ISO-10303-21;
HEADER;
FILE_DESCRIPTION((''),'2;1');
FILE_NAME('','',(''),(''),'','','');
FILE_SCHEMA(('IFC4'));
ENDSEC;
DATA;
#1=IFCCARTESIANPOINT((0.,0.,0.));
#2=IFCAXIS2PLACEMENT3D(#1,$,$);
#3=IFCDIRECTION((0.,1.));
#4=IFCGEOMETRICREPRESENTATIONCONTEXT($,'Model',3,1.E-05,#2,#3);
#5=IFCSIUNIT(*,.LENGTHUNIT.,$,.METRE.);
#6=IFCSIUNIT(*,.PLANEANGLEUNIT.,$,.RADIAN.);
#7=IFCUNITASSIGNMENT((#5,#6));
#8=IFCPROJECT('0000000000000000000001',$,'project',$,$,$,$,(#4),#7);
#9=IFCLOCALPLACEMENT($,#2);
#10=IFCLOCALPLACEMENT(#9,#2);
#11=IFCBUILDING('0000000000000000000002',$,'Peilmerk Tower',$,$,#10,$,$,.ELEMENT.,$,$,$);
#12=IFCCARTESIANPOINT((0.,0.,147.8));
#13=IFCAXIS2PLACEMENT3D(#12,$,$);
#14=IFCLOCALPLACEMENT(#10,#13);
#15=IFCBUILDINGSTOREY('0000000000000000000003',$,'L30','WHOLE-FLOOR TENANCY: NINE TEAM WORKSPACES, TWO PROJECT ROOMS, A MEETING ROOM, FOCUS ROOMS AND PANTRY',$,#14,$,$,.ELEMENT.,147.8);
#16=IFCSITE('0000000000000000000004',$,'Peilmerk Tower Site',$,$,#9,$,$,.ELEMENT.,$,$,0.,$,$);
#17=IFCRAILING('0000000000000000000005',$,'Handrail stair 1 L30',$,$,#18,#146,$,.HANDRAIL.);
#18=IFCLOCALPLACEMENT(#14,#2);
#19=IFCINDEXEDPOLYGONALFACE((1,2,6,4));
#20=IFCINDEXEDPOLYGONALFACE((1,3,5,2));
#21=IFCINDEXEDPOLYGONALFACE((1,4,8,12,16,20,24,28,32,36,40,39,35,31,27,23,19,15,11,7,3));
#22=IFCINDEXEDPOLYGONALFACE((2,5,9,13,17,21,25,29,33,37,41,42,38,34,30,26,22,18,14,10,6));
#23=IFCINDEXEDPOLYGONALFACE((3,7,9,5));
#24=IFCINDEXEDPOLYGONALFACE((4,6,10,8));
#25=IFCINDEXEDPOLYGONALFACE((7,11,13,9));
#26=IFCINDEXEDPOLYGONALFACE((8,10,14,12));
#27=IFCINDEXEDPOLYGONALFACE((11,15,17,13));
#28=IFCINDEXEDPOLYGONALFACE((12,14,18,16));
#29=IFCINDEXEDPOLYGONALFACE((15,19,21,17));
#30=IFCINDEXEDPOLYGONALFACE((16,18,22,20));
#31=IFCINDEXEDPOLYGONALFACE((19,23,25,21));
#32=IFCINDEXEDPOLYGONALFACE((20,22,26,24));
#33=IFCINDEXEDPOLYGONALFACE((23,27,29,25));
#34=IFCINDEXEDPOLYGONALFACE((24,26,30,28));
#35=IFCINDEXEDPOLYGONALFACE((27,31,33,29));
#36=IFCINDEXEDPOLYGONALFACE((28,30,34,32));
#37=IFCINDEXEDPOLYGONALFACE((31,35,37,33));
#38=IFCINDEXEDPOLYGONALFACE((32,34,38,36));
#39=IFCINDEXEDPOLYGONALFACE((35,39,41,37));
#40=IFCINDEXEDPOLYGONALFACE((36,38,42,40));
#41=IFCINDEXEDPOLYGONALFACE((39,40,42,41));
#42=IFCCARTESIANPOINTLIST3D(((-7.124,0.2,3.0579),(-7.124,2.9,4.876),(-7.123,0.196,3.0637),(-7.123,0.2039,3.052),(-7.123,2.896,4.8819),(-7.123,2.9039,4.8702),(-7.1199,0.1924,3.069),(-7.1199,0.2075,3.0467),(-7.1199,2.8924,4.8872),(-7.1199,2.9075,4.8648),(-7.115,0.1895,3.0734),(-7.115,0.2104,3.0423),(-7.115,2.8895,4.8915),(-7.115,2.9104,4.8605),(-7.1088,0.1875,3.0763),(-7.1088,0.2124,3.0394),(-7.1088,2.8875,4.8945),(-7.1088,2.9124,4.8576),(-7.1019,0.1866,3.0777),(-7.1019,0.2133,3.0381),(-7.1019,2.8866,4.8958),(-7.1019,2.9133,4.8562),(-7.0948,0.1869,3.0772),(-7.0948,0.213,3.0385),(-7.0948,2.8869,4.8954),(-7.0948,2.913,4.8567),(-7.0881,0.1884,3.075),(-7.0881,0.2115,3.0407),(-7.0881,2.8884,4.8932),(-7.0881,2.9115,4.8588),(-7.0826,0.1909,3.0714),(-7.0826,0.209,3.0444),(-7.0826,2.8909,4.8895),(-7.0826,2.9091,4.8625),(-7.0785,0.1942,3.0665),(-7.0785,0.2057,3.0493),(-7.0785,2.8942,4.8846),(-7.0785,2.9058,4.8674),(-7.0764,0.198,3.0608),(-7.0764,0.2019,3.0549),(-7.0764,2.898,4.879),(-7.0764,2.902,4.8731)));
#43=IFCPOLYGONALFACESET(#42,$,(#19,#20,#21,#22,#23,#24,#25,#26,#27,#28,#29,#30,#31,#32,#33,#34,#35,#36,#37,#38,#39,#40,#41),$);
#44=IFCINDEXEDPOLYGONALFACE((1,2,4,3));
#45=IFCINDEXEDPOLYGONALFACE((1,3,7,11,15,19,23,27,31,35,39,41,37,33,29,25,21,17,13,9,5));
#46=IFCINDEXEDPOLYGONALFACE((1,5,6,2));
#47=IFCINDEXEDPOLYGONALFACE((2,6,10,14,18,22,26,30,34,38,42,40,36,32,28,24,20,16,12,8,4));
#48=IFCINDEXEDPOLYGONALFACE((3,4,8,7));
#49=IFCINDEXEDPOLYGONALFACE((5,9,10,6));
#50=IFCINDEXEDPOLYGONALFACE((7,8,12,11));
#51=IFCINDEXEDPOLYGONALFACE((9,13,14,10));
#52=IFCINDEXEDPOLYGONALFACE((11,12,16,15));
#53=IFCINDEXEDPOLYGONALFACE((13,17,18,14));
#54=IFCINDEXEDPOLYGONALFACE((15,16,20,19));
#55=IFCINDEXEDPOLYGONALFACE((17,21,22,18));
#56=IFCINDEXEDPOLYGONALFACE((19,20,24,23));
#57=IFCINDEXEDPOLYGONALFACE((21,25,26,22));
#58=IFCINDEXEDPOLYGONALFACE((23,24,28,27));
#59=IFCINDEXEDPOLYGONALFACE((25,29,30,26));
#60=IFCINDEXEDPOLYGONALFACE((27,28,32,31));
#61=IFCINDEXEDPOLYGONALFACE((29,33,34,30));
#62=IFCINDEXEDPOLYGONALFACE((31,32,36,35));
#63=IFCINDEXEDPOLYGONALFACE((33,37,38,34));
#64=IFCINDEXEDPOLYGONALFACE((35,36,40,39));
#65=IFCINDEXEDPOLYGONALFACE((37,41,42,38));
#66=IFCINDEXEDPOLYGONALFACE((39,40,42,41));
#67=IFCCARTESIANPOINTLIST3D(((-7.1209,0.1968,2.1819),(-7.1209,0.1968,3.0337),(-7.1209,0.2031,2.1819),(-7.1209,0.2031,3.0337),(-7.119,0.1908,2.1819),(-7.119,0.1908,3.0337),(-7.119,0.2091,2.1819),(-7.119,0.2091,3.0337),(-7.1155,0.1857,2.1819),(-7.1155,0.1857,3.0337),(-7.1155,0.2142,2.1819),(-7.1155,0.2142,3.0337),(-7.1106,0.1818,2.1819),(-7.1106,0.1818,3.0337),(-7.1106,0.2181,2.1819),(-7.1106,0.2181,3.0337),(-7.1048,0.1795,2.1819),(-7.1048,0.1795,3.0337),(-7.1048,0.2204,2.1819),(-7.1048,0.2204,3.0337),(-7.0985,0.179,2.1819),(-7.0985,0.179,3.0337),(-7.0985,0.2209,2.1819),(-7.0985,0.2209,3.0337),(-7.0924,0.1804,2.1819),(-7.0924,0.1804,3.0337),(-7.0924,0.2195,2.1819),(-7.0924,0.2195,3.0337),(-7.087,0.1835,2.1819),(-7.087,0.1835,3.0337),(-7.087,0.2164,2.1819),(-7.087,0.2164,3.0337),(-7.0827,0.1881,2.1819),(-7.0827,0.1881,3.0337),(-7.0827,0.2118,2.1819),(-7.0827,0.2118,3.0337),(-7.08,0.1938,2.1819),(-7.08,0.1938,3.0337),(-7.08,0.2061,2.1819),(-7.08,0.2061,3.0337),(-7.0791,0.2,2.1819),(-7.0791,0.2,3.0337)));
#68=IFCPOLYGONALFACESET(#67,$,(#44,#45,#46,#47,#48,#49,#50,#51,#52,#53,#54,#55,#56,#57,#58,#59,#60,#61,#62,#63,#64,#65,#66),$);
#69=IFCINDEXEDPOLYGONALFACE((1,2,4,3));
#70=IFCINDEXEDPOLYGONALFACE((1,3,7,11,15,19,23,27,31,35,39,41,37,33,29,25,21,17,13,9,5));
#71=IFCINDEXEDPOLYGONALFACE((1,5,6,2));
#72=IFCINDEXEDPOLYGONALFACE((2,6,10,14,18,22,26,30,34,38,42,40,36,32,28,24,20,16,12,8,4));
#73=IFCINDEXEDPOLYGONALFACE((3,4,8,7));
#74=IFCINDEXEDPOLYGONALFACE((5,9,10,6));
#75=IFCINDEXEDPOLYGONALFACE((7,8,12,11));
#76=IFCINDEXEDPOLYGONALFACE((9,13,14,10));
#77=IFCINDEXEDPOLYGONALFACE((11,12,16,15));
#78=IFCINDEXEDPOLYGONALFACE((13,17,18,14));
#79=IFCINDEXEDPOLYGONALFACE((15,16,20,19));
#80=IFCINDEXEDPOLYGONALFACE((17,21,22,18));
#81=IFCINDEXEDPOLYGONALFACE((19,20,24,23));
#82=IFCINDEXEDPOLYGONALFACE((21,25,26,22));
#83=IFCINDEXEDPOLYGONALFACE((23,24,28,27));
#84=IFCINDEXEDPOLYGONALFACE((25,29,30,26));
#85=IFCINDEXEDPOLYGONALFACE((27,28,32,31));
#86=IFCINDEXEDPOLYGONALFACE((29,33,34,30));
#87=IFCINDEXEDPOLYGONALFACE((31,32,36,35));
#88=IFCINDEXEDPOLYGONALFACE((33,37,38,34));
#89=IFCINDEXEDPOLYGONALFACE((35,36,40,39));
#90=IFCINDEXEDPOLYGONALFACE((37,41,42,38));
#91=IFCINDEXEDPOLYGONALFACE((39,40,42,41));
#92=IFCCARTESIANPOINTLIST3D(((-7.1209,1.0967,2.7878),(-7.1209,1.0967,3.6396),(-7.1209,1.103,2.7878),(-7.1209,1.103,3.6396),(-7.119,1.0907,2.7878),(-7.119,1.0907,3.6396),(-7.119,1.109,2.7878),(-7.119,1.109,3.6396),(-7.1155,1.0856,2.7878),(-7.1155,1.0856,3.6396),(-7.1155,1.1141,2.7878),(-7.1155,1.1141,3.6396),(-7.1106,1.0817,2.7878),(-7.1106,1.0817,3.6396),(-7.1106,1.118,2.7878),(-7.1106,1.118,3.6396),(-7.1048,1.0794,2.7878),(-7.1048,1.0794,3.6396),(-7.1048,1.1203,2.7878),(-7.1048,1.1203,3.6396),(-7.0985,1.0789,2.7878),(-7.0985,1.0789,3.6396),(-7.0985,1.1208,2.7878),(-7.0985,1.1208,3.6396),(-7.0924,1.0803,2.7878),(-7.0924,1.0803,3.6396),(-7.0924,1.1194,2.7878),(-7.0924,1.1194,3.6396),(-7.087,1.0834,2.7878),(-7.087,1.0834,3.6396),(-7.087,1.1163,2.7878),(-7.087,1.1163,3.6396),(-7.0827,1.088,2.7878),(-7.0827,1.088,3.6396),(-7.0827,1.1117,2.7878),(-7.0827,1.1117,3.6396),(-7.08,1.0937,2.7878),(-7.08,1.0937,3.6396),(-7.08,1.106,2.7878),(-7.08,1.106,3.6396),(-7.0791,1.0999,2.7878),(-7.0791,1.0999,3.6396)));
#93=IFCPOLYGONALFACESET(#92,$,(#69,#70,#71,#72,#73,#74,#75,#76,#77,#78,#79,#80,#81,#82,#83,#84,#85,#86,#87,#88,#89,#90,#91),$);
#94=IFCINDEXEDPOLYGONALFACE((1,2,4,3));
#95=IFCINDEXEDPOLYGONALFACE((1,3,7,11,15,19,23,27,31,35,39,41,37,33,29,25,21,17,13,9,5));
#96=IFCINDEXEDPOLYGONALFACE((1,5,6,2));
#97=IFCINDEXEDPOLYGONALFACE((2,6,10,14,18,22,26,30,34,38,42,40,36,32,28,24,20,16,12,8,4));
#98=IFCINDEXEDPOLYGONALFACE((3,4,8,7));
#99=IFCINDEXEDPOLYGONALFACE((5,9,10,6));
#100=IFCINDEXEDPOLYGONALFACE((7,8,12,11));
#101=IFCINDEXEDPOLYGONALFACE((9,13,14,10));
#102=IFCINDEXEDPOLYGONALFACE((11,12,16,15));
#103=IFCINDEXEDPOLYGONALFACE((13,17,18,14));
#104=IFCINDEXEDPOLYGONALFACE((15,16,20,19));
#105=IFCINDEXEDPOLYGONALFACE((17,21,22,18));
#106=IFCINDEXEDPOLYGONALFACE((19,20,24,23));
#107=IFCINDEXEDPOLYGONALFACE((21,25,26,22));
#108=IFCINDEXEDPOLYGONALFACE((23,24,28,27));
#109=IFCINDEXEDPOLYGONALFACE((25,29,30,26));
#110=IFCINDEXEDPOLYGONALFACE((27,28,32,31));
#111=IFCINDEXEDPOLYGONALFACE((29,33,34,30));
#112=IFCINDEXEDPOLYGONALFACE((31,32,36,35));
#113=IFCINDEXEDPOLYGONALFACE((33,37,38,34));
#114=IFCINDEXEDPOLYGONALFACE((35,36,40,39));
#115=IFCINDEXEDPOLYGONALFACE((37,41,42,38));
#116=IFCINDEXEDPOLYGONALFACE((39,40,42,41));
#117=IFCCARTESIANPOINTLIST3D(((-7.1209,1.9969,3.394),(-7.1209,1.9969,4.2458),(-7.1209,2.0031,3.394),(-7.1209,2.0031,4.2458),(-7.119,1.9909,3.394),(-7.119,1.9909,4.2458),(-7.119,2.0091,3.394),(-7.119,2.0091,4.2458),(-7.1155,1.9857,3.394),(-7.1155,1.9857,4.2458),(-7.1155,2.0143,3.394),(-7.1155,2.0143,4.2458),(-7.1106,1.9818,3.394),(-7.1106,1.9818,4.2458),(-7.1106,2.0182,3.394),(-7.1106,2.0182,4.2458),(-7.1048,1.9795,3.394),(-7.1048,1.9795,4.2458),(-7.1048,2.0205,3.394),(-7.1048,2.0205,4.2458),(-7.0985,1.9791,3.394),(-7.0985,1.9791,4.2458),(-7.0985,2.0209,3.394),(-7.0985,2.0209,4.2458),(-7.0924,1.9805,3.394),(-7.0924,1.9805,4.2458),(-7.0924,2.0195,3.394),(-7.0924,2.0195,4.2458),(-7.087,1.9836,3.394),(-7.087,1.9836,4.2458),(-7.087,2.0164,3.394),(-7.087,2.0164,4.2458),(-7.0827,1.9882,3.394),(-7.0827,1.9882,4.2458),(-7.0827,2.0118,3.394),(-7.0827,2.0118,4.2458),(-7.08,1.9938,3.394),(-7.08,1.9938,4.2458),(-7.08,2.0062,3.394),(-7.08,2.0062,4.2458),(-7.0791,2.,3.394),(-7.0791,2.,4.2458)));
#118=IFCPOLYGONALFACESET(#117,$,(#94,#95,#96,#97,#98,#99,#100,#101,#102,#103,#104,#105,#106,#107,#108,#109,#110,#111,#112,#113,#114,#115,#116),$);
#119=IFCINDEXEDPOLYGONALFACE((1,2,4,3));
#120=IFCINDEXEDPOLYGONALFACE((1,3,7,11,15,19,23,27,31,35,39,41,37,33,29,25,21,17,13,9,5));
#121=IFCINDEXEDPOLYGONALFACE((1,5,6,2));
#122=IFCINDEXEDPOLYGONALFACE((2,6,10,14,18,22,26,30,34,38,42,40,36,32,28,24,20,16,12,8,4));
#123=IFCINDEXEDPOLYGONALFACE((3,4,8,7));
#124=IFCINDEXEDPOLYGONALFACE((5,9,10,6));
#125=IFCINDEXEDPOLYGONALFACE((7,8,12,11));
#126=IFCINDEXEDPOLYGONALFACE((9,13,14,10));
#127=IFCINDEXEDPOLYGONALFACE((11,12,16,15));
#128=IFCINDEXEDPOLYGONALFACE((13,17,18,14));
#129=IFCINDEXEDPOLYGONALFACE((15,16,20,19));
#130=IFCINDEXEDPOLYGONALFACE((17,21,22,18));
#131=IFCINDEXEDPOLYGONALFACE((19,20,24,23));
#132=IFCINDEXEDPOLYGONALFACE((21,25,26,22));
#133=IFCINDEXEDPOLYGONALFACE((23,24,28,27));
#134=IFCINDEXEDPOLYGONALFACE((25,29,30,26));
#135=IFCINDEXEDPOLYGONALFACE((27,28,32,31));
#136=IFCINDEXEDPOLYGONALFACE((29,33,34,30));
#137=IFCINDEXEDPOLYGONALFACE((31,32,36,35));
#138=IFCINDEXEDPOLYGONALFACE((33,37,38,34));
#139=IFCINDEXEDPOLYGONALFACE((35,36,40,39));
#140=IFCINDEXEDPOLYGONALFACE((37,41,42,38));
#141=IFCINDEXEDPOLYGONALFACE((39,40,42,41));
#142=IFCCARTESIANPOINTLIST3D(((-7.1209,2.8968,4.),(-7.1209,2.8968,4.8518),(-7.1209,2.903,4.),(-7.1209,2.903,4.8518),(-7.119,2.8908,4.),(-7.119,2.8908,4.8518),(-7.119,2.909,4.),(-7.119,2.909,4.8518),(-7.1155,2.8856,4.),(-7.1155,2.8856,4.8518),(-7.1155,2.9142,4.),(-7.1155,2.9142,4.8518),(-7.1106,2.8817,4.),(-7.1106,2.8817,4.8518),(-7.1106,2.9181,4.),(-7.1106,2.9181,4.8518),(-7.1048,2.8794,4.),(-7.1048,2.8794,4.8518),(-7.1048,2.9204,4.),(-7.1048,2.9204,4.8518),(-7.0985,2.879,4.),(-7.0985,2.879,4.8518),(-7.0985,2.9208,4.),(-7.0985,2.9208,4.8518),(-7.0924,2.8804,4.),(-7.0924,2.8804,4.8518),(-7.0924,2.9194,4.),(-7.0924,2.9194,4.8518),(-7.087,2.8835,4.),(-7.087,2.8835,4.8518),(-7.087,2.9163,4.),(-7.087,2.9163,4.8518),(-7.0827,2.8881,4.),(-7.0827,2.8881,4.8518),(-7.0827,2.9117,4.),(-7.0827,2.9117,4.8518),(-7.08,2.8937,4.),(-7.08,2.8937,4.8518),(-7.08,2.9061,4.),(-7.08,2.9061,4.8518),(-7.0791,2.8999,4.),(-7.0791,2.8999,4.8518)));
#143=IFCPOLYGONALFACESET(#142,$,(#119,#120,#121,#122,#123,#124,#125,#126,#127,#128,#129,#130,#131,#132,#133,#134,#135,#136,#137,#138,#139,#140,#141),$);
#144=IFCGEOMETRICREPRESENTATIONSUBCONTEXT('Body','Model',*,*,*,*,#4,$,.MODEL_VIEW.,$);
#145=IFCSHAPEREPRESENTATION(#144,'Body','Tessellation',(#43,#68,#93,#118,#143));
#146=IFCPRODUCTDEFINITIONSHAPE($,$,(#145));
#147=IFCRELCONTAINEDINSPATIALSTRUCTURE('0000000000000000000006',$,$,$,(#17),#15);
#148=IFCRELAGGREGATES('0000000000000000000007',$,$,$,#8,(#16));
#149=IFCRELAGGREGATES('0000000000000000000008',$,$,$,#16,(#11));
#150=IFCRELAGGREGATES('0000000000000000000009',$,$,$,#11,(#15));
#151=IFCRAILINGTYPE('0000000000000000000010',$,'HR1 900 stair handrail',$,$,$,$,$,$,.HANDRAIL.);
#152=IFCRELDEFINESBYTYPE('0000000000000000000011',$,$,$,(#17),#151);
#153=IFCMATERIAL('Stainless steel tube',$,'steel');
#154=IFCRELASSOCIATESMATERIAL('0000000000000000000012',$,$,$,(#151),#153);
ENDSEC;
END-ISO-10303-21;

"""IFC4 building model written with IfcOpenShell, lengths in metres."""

from ifc_helpers import new_model, si_unit, direction, frame, origin, origin_2d, place, context, subcontext, project, spatial, circle, extrude, material, type_object, element, save


model = new_model("IFC4")

# Units and contexts
model_context = context("Model", 3, precision=1e-05, world=origin(), true_north=direction((0.0, 1.0)))
body_context = subcontext(model_context, "Body", "Model", "MODEL_VIEW")
ifc_project = project(units=[si_unit("LENGTHUNIT", "METRE"), si_unit("PLANEANGLEUNIT", "RADIAN")], contexts=[model_context])

# Site, building, storey
site_placement = place(None, origin())
site = spatial("IfcSite", under=ifc_project, at=site_placement, Name="Peilmerk Tower Site", CompositionType="ELEMENT", RefElevation=0.0)
building_placement = place(site_placement, origin())
building = spatial("IfcBuilding", under=site, at=building_placement, Name="Peilmerk Tower", CompositionType="ELEMENT")
storey_placement = place(building_placement, frame((0.0, 0.0, 147.8)))
storey = spatial("IfcBuildingStorey", under=building, at=storey_placement, Name="L30", Description="WHOLE-FLOOR TENANCY: NINE TEAM WORKSPACES, TWO PROJECT ROOMS, A MEETING ROOM, FOCUS ROOMS AND PANTRY", CompositionType="ELEMENT", Elevation=147.8)

# Railing
ifc_material_1 = material(Name="Stainless steel tube", Category="steel")
railing_type_1 = type_object("IfcRailingType", Name="HR1 900 stair handrail", PredefinedType="HANDRAIL", material=ifc_material_1)
railing_1_placement = place(storey_placement, frame((-7.1001, 0.2, 2.1819)))
element("IfcRailing", 1, at=railing_1_placement, inside=storey, type_object=railing_type_1, Name="Handrail stair 1 L30", PredefinedType="HANDRAIL", context=body_context, shape_type="SweptSolid", body=[
    extrude(circle(Radius=0.0239, at=origin_2d()), frame((0.0, 0.0, 0.876), z_axis=(0.0, 0.829468, 0.558554), x_axis=(-1.0, 0.0, 0.0)), (0.0, 0.0, 1.0), 3.2551),
    extrude(circle(Radius=0.021, at=origin_2d()), origin(), (0.0, 0.0, 1.0), 0.8518),
    extrude(circle(Radius=0.021, at=origin_2d()), frame((0.0, 0.8999, 0.606)), (0.0, 0.0, 1.0), 0.8518),
    extrude(circle(Radius=0.021, at=origin_2d()), frame((0.0, 1.8, 1.2122)), (0.0, 0.0, 1.0), 0.8518),
    extrude(circle(Radius=0.021, at=origin_2d()), frame((0.0, 2.7, 1.8181)), (0.0, 0.0, 1.0), 0.8518),
])

save(model, "model.ifc")
